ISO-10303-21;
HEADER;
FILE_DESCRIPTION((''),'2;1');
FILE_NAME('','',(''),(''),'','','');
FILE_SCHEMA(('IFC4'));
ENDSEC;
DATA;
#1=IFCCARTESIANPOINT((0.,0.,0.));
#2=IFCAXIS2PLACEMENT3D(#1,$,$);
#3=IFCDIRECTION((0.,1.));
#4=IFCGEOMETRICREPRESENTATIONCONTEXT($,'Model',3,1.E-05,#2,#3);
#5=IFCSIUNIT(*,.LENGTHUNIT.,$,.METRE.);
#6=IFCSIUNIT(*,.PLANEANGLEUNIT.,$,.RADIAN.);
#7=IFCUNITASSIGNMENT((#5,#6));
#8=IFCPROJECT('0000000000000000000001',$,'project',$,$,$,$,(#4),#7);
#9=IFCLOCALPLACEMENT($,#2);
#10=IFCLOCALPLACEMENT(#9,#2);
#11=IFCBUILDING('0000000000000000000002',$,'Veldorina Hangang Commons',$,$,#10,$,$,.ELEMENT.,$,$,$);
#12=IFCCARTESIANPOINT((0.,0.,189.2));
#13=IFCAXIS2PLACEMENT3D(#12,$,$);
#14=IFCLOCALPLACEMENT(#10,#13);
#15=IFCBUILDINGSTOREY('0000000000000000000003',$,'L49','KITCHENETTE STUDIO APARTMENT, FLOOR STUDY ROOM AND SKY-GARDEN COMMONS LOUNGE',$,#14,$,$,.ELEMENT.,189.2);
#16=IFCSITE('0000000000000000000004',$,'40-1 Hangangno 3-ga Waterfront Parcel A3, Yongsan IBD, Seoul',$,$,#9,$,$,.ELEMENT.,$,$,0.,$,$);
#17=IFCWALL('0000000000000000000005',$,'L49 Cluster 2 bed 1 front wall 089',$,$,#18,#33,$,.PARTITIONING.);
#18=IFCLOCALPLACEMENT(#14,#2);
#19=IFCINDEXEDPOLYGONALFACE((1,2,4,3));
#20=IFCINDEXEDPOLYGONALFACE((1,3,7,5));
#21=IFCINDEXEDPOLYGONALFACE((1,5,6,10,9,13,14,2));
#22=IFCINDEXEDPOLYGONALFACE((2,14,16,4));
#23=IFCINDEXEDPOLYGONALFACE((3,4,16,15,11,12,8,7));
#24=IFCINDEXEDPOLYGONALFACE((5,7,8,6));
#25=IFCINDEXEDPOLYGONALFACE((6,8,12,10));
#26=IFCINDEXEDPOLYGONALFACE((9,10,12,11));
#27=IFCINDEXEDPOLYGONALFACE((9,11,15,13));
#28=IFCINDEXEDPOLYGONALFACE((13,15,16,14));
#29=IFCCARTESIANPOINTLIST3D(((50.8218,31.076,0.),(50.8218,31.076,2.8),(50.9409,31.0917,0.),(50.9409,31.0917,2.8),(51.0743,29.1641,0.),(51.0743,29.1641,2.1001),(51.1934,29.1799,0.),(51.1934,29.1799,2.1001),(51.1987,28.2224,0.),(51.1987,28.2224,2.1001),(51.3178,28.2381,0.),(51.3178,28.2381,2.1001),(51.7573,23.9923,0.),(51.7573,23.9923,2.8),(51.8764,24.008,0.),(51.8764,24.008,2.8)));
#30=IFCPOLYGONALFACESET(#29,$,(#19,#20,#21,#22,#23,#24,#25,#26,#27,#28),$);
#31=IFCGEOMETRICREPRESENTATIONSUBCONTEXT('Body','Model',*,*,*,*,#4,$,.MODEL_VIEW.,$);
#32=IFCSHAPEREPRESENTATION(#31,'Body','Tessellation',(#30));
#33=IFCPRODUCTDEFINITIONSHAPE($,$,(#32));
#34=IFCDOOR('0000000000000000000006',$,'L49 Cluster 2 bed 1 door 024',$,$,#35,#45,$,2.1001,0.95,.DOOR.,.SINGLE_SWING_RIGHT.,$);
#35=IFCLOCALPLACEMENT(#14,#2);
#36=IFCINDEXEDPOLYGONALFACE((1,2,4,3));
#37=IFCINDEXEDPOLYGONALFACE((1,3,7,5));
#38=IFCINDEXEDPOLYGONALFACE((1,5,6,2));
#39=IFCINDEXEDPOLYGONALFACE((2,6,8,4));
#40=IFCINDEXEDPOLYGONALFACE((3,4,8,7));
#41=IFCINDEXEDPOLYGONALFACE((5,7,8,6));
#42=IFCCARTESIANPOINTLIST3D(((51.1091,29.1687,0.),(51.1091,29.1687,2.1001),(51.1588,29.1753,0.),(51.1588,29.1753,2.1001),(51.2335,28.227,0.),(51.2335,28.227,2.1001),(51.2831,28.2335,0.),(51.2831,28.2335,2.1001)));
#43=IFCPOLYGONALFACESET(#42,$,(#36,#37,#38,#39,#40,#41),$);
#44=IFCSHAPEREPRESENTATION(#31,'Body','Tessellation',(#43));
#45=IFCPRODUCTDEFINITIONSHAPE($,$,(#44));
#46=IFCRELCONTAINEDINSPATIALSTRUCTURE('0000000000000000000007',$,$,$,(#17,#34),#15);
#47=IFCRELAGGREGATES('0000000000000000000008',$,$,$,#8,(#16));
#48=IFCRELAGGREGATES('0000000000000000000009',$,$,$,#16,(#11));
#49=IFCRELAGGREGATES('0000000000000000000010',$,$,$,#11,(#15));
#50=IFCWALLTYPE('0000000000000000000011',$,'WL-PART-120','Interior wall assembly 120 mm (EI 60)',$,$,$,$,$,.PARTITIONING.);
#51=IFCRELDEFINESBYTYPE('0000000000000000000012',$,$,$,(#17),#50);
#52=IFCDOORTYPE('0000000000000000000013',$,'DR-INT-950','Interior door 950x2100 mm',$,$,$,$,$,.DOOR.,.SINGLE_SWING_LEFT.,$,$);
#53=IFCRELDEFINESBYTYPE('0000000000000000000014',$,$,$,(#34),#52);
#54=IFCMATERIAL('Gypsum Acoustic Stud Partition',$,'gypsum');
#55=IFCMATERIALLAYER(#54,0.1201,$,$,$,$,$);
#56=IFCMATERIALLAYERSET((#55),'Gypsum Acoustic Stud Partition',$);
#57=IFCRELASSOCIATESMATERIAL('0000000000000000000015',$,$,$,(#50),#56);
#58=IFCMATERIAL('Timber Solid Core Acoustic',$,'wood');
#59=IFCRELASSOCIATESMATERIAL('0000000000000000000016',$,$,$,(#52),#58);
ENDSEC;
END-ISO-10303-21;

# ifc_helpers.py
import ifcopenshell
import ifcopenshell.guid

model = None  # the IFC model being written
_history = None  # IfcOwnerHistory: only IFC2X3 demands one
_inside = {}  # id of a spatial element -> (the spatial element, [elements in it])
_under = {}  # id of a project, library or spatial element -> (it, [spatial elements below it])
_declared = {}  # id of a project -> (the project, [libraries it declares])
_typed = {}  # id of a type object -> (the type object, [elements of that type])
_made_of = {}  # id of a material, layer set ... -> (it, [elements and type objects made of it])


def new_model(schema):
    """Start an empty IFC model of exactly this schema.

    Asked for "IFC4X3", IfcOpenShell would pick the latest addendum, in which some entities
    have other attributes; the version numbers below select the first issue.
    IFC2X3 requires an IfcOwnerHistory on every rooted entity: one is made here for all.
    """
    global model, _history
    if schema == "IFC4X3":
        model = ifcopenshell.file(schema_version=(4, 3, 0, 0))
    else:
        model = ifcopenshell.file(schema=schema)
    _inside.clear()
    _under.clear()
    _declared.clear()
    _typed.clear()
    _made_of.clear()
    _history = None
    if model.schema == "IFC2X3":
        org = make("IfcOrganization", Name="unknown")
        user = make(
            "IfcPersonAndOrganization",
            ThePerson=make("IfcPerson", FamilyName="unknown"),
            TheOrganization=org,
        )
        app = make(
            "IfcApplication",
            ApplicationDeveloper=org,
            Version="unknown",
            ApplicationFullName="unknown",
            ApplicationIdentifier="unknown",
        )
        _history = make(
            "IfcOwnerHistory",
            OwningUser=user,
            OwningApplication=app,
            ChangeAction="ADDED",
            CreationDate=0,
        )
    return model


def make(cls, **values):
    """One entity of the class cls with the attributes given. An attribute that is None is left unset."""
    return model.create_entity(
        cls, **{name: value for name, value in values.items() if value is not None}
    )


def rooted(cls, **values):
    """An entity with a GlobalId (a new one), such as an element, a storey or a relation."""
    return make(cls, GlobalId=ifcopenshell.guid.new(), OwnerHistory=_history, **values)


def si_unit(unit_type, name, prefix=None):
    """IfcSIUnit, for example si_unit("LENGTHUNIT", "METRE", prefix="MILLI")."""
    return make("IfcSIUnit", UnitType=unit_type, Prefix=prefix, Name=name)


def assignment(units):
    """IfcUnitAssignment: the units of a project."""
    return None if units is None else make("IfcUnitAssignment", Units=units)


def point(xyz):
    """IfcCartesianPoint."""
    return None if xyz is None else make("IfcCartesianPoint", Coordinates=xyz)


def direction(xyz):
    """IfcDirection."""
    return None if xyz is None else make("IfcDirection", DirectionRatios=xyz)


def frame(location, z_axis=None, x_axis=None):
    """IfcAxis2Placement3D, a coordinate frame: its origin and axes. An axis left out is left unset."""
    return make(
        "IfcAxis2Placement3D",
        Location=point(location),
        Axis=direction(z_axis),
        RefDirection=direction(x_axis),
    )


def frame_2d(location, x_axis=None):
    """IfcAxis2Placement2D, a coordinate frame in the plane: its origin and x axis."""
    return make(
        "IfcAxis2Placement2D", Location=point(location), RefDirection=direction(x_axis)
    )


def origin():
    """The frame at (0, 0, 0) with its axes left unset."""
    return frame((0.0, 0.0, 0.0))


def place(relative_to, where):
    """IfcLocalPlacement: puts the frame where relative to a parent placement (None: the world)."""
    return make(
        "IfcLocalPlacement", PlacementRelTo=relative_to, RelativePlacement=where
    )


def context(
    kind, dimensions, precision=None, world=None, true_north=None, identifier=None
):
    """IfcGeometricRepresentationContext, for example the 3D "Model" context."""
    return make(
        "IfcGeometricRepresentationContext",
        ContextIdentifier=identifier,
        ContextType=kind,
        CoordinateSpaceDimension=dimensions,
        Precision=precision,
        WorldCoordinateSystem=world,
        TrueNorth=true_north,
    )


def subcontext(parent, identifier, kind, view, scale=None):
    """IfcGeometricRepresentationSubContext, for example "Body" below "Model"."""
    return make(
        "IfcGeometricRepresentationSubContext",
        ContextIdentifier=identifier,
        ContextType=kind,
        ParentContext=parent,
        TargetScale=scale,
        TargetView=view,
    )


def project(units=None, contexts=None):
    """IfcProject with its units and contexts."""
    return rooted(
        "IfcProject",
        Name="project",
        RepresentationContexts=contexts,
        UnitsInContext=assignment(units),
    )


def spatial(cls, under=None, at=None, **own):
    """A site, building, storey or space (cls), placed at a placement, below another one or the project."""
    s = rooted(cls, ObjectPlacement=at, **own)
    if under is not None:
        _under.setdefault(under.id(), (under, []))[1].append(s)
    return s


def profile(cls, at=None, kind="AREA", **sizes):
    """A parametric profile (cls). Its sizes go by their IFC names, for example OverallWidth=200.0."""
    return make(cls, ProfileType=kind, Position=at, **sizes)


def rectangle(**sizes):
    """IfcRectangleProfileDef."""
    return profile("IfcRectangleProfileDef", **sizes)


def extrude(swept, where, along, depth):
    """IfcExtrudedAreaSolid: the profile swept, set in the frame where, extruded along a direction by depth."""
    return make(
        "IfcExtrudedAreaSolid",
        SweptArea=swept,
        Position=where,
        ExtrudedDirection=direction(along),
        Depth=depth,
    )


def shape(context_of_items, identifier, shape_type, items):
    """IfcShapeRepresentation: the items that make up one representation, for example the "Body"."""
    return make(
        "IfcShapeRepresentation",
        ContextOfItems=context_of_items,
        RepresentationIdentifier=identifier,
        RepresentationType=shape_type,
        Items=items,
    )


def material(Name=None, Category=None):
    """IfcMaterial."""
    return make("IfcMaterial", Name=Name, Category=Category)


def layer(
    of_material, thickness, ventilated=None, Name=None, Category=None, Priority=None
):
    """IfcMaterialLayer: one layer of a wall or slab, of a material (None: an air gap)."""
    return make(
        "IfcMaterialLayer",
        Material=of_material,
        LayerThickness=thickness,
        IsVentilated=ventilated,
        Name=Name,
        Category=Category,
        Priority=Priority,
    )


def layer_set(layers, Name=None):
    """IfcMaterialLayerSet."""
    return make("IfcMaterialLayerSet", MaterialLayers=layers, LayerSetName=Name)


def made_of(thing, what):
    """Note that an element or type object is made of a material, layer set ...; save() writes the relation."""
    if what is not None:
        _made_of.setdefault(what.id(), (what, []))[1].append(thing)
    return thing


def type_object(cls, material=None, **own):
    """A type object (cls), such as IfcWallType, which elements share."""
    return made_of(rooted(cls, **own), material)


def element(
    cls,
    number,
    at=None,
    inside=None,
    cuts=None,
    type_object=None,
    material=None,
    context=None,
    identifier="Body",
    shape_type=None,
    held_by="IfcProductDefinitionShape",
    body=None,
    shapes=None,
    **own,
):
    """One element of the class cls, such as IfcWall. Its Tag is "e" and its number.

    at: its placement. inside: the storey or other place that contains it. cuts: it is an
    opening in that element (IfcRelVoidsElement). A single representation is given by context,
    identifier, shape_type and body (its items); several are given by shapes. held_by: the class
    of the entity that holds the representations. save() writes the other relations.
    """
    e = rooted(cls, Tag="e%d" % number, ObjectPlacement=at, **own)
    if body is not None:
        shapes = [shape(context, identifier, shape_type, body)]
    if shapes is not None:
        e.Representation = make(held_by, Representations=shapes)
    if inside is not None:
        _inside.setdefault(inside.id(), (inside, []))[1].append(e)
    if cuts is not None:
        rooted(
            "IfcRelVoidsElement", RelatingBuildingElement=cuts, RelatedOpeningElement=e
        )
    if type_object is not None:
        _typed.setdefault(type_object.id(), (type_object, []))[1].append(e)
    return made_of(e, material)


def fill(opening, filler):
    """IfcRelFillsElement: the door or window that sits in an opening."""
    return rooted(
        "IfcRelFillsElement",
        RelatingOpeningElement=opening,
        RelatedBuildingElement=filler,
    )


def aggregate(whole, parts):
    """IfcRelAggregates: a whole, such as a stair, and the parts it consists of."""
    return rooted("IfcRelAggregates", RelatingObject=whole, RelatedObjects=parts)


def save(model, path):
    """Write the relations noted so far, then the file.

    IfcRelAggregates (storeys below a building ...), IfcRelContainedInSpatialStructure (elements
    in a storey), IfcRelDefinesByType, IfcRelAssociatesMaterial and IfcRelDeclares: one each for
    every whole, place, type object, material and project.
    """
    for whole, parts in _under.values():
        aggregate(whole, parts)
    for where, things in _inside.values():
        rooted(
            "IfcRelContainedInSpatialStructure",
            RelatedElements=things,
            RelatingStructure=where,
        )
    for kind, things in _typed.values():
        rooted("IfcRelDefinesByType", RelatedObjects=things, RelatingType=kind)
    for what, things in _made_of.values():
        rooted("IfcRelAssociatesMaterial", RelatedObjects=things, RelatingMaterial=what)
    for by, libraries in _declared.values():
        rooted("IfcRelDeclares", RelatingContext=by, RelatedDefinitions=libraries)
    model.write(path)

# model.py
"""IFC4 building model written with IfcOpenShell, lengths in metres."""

from ifc_helpers import new_model, si_unit, direction, frame, frame_2d, origin, place, context, subcontext, project, spatial, rectangle, extrude, material, layer, layer_set, type_object, element, fill, save


model = new_model("IFC4")

# Units and contexts
model_context = context("Model", 3, precision=1e-05, world=origin(), true_north=direction((0.0, 1.0)))
body_context = subcontext(model_context, "Body", "Model", "MODEL_VIEW")
ifc_project = project(units=[si_unit("LENGTHUNIT", "METRE"), si_unit("PLANEANGLEUNIT", "RADIAN")], contexts=[model_context])

# Site, building, storey
site_placement = place(None, origin())
site = spatial("IfcSite", under=ifc_project, at=site_placement, Name="40-1 Hangangno 3-ga Waterfront Parcel A3, Yongsan IBD, Seoul", CompositionType="ELEMENT", RefElevation=0.0)
building_placement = place(site_placement, origin())
building = spatial("IfcBuilding", under=site, at=building_placement, Name="Veldorina Hangang Commons", CompositionType="ELEMENT")
storey_placement = place(building_placement, frame((0.0, 0.0, 189.2)))
storey = spatial("IfcBuildingStorey", under=building, at=storey_placement, Name="L49", Description="KITCHENETTE STUDIO APARTMENT, FLOOR STUDY ROOM AND SKY-GARDEN COMMONS LOUNGE", CompositionType="ELEMENT", Elevation=189.2)

# Shared definitions
ifc_material_1 = material(Name="Gypsum Acoustic Stud Partition", Category="gypsum")
ifc_layer_1 = layer(ifc_material_1, 0.1201)
ifc_layer_set_1 = layer_set([ifc_layer_1], Name="Gypsum Acoustic Stud Partition")
wall_type_1 = type_object("IfcWallType", Name="WL-PART-120", Description="Interior wall assembly 120 mm (EI 60)", PredefinedType="PARTITIONING", material=ifc_layer_set_1)

# Wall, opening, door
wall_1_placement = place(storey_placement, frame((51.8169, 24.0, 0.0), z_axis=(0.0, 0.0, 1.0), x_axis=(-0.130933, 0.991391, 0.0)))
wall_1 = element("IfcWall", 1, at=wall_1_placement, inside=storey, type_object=wall_type_1, Name="L49 Cluster 2 bed 1 front wall 089", PredefinedType="PARTITIONING", context=body_context, shape_type="SweptSolid", body=[
    extrude(rectangle(XDim=7.1453, YDim=0.1201, at=frame_2d((3.5728, 0.0))), origin(), (0.0, 0.0, 1.0), 2.8),
])
opening_1_placement = place(wall_1_placement, frame((4.2668, 0.0, 0.0)))
opening_1 = element("IfcOpeningElement", 2, at=opening_1_placement, cuts=wall_1, PredefinedType="OPENING", context=body_context, shape_type="SweptSolid", body=[
    extrude(rectangle(XDim=0.95, YDim=2.1001, at=frame_2d((0.4751, 1.05))), frame((0.0, 0.0701, 0.0), z_axis=(0.0, -1.0, 0.0), x_axis=(1.0, 0.0, 0.0)), (0.0, 0.0, 1.0), 0.1401),
])
ifc_material_2 = material(Name="Timber Solid Core Acoustic", Category="wood")
door_type_1 = type_object("IfcDoorType", Name="DR-INT-950", Description="Interior door 950x2100 mm", OperationType="SINGLE_SWING_LEFT", PredefinedType="DOOR", material=ifc_material_2)
door_1_placement = place(opening_1_placement, origin())
door_1 = element("IfcDoor", 3, at=door_1_placement, inside=storey, type_object=door_type_1, Name="L49 Cluster 2 bed 1 door 024", OperationType="SINGLE_SWING_RIGHT", OverallHeight=2.1001, OverallWidth=0.95, PredefinedType="DOOR", context=body_context, shape_type="SweptSolid", body=[
    extrude(rectangle(XDim=0.95, YDim=2.1001, at=frame_2d((0.4751, 1.05))), frame((0.0, 0.0249, 0.0), z_axis=(0.0, -1.0, 0.0), x_axis=(1.0, 0.0, 0.0)), (0.0, 0.0, 1.0), 0.05),
])
fill(opening_1, door_1)

save(model, "model.ifc")
